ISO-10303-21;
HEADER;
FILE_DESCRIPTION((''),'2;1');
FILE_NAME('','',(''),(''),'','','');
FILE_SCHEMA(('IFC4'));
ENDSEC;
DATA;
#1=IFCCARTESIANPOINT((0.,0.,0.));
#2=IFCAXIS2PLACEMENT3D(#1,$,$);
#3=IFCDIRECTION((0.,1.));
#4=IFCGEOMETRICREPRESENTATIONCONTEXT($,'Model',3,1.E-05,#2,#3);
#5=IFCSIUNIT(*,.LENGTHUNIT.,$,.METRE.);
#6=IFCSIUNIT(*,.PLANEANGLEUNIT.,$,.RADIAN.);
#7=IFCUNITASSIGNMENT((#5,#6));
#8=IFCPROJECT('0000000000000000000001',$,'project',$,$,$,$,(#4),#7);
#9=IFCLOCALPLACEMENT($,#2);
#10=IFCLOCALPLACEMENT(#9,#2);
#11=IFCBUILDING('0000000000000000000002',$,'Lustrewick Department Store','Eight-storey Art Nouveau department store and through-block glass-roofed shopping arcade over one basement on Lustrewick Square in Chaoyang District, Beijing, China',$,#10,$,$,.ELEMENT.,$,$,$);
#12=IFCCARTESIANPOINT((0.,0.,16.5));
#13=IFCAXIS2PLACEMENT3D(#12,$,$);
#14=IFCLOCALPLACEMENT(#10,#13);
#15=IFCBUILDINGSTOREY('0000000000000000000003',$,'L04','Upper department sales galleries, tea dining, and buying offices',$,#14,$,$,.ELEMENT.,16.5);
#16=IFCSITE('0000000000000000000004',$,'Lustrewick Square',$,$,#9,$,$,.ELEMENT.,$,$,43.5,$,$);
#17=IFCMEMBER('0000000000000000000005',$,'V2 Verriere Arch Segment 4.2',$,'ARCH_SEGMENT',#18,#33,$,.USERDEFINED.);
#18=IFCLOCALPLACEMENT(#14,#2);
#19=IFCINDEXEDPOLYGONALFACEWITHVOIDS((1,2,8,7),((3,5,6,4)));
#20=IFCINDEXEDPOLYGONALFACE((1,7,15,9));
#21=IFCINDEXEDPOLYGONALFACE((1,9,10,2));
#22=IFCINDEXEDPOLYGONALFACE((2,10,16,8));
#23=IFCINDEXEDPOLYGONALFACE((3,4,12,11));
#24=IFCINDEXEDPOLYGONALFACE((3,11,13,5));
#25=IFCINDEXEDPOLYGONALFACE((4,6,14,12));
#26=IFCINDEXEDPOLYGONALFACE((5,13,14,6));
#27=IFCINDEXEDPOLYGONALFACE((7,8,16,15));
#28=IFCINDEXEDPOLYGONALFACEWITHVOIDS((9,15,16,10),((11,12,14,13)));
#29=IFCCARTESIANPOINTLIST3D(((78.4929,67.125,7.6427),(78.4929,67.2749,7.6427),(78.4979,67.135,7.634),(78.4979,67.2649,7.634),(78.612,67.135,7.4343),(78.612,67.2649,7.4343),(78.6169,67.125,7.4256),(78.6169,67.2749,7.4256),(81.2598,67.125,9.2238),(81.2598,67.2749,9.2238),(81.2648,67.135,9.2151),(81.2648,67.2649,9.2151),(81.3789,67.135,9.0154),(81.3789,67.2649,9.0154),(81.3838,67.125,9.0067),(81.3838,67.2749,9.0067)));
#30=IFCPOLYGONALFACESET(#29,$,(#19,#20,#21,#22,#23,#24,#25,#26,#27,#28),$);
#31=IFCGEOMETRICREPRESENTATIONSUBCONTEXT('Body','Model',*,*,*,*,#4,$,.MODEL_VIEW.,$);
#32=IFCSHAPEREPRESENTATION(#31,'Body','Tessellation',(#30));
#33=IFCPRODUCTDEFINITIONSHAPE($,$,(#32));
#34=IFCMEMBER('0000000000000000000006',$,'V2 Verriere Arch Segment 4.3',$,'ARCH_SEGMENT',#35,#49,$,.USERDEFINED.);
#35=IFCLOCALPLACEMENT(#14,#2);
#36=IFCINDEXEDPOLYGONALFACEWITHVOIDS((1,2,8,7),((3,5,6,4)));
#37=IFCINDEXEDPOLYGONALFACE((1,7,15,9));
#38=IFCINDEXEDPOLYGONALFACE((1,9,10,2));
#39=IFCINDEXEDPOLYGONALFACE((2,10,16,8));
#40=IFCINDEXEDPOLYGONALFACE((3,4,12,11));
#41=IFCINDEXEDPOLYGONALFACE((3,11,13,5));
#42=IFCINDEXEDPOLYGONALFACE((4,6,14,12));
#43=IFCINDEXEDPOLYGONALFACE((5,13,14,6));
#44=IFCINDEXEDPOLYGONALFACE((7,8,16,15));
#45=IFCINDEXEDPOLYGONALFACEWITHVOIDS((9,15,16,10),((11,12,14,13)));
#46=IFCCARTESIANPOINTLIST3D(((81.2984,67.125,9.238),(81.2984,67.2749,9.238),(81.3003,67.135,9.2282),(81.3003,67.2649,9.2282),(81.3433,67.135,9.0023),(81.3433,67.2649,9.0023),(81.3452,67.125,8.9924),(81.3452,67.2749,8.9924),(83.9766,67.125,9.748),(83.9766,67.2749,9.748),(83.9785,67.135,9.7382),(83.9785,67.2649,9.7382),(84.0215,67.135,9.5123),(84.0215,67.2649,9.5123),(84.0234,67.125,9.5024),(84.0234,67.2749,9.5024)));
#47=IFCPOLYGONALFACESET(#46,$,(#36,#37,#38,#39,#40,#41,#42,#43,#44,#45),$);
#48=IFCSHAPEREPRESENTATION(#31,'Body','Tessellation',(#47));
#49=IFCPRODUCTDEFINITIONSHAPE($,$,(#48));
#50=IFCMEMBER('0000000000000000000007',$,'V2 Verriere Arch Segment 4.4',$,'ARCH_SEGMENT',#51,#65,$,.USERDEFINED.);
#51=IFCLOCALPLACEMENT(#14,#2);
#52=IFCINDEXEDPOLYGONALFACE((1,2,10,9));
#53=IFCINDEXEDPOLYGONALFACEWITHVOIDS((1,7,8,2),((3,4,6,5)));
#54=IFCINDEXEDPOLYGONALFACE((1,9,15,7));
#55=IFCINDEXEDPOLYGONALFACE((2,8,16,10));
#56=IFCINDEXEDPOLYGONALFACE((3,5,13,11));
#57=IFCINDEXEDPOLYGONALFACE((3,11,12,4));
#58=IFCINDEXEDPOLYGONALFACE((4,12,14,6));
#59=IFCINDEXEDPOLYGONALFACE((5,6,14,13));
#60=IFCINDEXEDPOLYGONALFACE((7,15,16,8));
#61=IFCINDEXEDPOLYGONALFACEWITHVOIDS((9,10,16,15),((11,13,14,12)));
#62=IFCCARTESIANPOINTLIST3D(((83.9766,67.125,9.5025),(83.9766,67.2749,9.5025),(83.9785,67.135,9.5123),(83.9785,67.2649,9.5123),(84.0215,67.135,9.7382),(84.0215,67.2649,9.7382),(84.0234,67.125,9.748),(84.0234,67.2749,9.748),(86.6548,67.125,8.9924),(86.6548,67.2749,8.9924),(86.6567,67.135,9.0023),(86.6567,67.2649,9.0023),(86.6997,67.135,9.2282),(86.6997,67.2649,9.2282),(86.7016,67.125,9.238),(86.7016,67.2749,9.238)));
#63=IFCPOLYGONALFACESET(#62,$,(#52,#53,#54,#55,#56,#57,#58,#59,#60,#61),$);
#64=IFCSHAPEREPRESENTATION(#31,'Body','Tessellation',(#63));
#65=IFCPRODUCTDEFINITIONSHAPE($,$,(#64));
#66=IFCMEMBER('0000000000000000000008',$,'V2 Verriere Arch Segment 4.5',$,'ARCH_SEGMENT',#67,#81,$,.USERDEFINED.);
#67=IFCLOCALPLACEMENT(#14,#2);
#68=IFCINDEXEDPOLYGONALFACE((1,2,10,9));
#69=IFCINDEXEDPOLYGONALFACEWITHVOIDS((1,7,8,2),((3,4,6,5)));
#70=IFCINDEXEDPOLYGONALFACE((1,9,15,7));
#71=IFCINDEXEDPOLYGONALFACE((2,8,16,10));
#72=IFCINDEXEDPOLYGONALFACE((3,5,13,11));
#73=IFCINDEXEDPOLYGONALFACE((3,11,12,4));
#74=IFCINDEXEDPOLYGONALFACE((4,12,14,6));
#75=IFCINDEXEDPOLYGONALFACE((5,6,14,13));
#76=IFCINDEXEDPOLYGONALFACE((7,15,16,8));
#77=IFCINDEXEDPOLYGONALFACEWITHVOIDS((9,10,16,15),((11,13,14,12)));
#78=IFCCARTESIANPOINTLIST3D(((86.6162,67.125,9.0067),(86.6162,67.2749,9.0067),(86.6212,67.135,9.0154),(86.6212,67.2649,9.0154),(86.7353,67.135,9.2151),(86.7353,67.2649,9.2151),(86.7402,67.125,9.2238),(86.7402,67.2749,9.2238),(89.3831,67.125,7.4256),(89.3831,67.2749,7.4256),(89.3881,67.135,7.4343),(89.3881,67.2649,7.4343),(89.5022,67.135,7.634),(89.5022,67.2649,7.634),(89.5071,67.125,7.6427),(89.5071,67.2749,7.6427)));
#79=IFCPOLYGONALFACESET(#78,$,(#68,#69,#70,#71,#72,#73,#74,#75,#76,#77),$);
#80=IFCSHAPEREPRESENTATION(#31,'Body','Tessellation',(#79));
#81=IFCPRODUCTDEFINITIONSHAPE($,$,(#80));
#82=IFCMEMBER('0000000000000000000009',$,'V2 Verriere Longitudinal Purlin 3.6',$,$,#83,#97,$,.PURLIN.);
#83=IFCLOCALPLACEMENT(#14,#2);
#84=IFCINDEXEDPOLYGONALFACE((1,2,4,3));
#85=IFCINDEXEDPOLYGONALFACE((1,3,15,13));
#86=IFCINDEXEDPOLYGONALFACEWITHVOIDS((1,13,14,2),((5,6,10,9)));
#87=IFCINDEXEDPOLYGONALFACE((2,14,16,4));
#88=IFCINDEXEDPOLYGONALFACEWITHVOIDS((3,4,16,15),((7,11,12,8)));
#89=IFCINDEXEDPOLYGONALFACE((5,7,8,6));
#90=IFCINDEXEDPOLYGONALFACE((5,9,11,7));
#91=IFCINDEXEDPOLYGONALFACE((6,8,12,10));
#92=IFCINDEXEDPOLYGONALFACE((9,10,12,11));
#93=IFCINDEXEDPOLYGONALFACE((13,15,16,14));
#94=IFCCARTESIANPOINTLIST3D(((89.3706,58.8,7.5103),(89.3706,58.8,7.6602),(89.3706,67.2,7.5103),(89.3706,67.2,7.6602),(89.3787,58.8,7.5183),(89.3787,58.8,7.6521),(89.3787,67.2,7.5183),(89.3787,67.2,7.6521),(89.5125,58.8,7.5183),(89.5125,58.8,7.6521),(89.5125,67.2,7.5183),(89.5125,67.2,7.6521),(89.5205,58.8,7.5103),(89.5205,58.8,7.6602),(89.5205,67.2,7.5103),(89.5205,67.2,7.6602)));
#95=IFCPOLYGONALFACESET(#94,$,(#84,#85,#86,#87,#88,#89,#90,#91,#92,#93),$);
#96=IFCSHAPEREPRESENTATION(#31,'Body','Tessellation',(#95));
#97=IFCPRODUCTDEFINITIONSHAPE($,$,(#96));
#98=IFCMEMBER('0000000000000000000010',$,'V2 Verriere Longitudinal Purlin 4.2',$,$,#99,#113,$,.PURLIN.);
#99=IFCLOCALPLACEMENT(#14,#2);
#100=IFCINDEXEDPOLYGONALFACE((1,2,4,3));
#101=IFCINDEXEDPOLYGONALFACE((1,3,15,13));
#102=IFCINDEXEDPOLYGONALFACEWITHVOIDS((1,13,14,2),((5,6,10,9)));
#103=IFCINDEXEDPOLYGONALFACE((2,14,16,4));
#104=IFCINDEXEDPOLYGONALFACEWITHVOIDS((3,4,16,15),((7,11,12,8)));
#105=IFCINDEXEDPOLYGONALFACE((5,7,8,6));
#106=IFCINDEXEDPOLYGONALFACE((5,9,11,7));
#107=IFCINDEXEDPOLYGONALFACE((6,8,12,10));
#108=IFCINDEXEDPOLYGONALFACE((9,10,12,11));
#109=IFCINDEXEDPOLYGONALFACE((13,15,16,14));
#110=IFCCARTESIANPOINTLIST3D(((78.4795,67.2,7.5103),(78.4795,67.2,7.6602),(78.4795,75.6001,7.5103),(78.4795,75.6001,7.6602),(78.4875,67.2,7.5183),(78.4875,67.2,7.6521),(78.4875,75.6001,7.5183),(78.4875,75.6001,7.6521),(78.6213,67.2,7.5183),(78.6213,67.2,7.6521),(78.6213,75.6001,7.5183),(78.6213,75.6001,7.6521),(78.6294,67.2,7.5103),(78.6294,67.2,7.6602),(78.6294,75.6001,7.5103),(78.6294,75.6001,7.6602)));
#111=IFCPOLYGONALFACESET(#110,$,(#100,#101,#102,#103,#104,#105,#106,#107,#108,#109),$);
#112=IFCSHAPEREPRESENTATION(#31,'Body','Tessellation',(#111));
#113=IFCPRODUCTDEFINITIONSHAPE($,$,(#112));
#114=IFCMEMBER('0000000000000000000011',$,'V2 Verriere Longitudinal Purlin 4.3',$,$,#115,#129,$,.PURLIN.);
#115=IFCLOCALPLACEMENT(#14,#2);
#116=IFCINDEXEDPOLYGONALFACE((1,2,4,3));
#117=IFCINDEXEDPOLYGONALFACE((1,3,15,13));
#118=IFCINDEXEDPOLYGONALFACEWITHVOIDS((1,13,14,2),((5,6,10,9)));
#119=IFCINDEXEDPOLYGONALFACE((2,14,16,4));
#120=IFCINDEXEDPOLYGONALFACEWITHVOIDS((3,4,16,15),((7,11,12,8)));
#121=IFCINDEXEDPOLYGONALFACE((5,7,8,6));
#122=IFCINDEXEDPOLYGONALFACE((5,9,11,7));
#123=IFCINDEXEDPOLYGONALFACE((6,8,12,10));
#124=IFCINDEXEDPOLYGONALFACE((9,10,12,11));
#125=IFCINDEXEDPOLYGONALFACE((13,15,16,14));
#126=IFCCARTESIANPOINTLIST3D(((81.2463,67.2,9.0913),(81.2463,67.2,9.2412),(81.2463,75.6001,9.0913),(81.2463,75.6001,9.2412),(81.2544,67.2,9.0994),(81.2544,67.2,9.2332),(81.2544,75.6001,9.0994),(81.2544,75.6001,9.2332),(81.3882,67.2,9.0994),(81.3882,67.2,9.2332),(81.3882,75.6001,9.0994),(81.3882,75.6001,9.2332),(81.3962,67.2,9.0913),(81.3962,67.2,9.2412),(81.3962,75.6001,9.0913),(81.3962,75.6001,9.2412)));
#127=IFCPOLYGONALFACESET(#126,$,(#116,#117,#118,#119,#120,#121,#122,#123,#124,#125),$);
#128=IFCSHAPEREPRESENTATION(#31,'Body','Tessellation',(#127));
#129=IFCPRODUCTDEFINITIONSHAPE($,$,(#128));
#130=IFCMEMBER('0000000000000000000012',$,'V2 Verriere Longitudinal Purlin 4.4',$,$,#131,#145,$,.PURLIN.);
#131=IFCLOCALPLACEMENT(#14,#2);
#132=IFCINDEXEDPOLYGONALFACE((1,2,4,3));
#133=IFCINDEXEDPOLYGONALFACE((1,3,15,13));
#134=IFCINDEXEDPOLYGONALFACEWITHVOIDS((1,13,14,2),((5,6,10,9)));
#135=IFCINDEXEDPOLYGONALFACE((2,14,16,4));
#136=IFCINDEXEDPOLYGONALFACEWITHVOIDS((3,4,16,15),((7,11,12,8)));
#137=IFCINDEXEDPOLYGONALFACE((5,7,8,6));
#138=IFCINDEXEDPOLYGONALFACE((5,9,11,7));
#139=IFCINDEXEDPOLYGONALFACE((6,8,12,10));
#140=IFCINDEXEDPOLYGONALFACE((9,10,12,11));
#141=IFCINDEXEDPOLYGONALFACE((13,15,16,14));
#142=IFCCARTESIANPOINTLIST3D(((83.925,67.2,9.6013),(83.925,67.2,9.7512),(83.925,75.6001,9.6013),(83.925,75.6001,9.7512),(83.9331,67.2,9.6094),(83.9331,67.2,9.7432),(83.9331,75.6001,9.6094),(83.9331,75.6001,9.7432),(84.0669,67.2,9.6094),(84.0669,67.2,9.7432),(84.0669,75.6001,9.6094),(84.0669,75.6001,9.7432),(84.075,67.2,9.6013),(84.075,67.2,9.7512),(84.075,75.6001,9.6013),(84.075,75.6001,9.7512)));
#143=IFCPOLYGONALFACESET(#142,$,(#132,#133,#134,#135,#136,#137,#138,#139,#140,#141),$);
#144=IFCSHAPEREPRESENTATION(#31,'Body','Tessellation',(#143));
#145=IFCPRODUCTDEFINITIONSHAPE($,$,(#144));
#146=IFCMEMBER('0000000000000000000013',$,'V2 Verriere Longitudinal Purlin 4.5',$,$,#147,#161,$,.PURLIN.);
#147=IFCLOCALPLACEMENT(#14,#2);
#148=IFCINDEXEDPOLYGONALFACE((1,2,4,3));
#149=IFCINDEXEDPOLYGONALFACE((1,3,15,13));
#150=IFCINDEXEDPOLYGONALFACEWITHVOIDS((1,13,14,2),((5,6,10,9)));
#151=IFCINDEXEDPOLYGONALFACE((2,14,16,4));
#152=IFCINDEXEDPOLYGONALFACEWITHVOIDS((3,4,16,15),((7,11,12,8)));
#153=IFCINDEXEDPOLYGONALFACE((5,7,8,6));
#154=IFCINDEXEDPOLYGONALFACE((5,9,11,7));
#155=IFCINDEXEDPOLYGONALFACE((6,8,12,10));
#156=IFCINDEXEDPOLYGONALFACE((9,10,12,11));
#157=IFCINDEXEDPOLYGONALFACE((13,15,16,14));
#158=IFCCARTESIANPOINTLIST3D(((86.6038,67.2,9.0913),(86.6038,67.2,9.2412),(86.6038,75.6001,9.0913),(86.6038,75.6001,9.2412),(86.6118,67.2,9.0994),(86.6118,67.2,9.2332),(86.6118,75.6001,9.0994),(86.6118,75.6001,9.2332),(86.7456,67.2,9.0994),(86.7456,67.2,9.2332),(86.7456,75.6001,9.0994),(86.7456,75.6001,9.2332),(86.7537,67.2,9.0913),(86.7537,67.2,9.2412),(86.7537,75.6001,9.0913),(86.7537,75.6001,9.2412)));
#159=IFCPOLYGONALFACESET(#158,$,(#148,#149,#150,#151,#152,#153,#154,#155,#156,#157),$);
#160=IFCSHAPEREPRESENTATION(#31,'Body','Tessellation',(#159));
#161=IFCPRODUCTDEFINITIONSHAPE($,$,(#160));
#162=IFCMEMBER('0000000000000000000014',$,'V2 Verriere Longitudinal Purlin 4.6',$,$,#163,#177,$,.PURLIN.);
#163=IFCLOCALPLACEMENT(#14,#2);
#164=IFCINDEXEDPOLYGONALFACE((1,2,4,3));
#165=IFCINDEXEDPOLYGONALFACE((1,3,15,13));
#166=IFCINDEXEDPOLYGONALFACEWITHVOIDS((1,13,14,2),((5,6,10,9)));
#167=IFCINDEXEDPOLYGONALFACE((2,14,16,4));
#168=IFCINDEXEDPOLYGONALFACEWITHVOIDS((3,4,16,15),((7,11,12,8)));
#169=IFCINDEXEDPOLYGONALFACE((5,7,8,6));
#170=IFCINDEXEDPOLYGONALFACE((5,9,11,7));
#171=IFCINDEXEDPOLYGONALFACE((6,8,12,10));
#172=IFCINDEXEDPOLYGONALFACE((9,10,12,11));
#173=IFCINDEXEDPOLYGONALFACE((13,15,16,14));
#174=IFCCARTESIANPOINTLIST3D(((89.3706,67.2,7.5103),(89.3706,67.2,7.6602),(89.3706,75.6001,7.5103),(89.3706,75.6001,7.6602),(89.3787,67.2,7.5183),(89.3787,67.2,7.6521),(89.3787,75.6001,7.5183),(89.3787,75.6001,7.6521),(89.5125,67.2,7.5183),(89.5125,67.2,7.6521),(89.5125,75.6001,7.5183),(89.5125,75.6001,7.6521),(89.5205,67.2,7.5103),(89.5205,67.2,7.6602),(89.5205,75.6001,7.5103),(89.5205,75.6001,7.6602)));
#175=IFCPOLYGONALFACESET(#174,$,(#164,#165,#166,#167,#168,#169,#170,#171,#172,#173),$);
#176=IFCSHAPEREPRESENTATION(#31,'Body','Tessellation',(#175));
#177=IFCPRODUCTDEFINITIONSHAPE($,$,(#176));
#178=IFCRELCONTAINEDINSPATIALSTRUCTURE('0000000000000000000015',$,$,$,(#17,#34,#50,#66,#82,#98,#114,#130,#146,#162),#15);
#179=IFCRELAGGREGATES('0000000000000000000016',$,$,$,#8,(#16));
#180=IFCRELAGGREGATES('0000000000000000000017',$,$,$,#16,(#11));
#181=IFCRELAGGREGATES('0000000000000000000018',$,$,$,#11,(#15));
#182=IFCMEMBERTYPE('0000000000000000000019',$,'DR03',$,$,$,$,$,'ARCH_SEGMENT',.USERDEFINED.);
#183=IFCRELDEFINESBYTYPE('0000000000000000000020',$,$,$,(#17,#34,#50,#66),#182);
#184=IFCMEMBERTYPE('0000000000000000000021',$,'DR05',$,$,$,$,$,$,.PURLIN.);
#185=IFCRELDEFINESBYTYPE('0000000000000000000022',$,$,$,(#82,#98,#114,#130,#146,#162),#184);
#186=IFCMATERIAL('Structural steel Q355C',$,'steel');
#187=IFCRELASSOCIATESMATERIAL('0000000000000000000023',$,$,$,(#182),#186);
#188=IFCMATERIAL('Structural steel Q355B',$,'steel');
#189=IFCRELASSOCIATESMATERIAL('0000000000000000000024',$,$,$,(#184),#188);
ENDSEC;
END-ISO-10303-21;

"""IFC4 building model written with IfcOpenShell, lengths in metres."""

from ifc_helpers import new_model, si_unit, direction, frame, origin, origin_2d, place, context, subcontext, project, spatial, hollow_rectangle, extrude, material, material_profile, profile_set, type_object, element, save


model = new_model("IFC4")

# Units and contexts
model_context = context("Model", 3, precision=1e-05, world=origin(), true_north=direction((0.0, 1.0)))
body_context = subcontext(model_context, "Body", "Model", "MODEL_VIEW")
ifc_project = project(units=[si_unit("LENGTHUNIT", "METRE"), si_unit("PLANEANGLEUNIT", "RADIAN")], contexts=[model_context])

# Site, building, storey
site_placement = place(None, origin())
site = spatial("IfcSite", under=ifc_project, at=site_placement, Name="Lustrewick Square", CompositionType="ELEMENT", RefElevation=43.5)
building_placement = place(site_placement, origin())
building = spatial("IfcBuilding", under=site, at=building_placement, Name="Lustrewick Department Store", Description="Eight-storey Art Nouveau department store and through-block glass-roofed shopping arcade over one basement on Lustrewick Square in Chaoyang District, Beijing, China", CompositionType="ELEMENT")
storey_placement = place(building_placement, frame((0.0, 0.0, 16.5)))
storey = spatial("IfcBuildingStorey", under=building, at=storey_placement, Name="L04", Description="Upper department sales galleries, tea dining, and buying offices", CompositionType="ELEMENT", Elevation=16.5)

# Shared definitions
ifc_material_1 = material(Name="Structural steel Q355B", Category="steel")

# Members
ifc_material_2 = material(Name="Structural steel Q355C", Category="steel")
ifc_material_profile_1 = material_profile(ifc_material_2, hollow_rectangle(XDim=0.1499, YDim=0.25, WallThickness=0.01, at=origin_2d()), Name="RHS 250x150x10")
ifc_profile_set_1 = profile_set([ifc_material_profile_1], Name="Structural steel Q355C")
member_type_1 = type_object("IfcMemberType", Name="DR03", ElementType="ARCH_SEGMENT", PredefinedType="USERDEFINED", material=ifc_profile_set_1)
member_1_placement = place(storey_placement, frame((78.5549, 67.2, 7.5342), z_axis=(0.868243, 0.0, 0.496139), x_axis=(0.0, 1.0, 0.0)))
element("IfcMember", 1, at=member_1_placement, inside=storey, type_object=member_type_1, Name="V2 Verriere Arch Segment 4.2", ObjectType="ARCH_SEGMENT", PredefinedType="USERDEFINED", context=body_context, shape_type="SweptSolid", body=[
    extrude(hollow_rectangle(XDim=0.1499, YDim=0.25, WallThickness=0.01, at=origin_2d()), origin(), (0.0, 0.0, 1.0), 3.1868),
])
for number, where, z_axis, x_axis, name in (
    (2, (81.3218, 67.2, 9.1152), (0.982347, 0.0, 0.187067), (0.0, 1.0, 0.0), "V2 Verriere Arch Segment 4.3"),
    (3, (84.0, 67.2, 9.6252), (0.982347, 0.0, -0.187067), (0.0, 1.0, 0.0), "V2 Verriere Arch Segment 4.4"),
):
    element("IfcMember", number, at=place(storey_placement, frame(where, z_axis=z_axis, x_axis=x_axis)), inside=storey, type_object=member_type_1, Name=name, ObjectType="ARCH_SEGMENT", PredefinedType="USERDEFINED", context=body_context, shape_type="SweptSolid", body=[
        extrude(hollow_rectangle(XDim=0.1499, YDim=0.25, WallThickness=0.01, at=origin_2d()), origin(), (0.0, 0.0, 1.0), 2.7263),
    ])
member_2_placement = place(storey_placement, frame((86.6782, 67.2, 9.1152), z_axis=(0.868243, 0.0, -0.496139), x_axis=(0.0, 1.0, 0.0)))
element("IfcMember", 4, at=member_2_placement, inside=storey, type_object=member_type_1, Name="V2 Verriere Arch Segment 4.5", ObjectType="ARCH_SEGMENT", PredefinedType="USERDEFINED", context=body_context, shape_type="SweptSolid", body=[
    extrude(hollow_rectangle(XDim=0.1499, YDim=0.25, WallThickness=0.01, at=origin_2d()), origin(), (0.0, 0.0, 1.0), 3.1868),
])
ifc_material_profile_2 = material_profile(ifc_material_1, hollow_rectangle(XDim=0.1499, YDim=0.1499, WallThickness=0.0081, at=origin_2d()), Name="SHS 150x150x8")
ifc_profile_set_2 = profile_set([ifc_material_profile_2], Name="Structural steel Q355B")
member_type_2 = type_object("IfcMemberType", Name="DR05", PredefinedType="PURLIN", material=ifc_profile_set_2)
member_3_placement = place(storey_placement, frame((89.4456, 58.8, 7.5852), z_axis=(0.0, 1.0, 0.0), x_axis=(-1.0, 0.0, 0.0)))
element("IfcMember", 5, at=member_3_placement, inside=storey, type_object=member_type_2, Name="V2 Verriere Longitudinal Purlin 3.6", PredefinedType="PURLIN", context=body_context, shape_type="SweptSolid", body=[
    extrude(hollow_rectangle(XDim=0.1499, YDim=0.1499, WallThickness=0.0081, at=origin_2d()), origin(), (0.0, 0.0, 1.0), 8.3999),
])
for number, where, z_axis, x_axis, name in (
    (6, (78.5544, 67.2, 7.5852), (0.0, 1.0, 0.0), (-1.0, 0.0, 0.0), "V2 Verriere Longitudinal Purlin 4.2"),
    (7, (81.3213, 67.2, 9.1663), (0.0, 1.0, 0.0), (-1.0, 0.0, 0.0), "V2 Verriere Longitudinal Purlin 4.3"),
    (8, (84.0, 67.2, 9.6763), (0.0, 1.0, 0.0), (-1.0, 0.0, 0.0), "V2 Verriere Longitudinal Purlin 4.4"),
    (9, (86.6787, 67.2, 9.1663), (0.0, 1.0, 0.0), (-1.0, 0.0, 0.0), "V2 Verriere Longitudinal Purlin 4.5"),
    (10, (89.4456, 67.2, 7.5852), (0.0, 1.0, 0.0), (-1.0, 0.0, 0.0), "V2 Verriere Longitudinal Purlin 4.6"),
):
    element("IfcMember", number, at=place(storey_placement, frame(where, z_axis=z_axis, x_axis=x_axis)), inside=storey, type_object=member_type_2, Name=name, PredefinedType="PURLIN", context=body_context, shape_type="SweptSolid", body=[
        extrude(hollow_rectangle(XDim=0.1499, YDim=0.1499, WallThickness=0.0081, at=origin_2d()), origin(), (0.0, 0.0, 1.0), 8.4001),
    ])

save(model, "model.ifc")
